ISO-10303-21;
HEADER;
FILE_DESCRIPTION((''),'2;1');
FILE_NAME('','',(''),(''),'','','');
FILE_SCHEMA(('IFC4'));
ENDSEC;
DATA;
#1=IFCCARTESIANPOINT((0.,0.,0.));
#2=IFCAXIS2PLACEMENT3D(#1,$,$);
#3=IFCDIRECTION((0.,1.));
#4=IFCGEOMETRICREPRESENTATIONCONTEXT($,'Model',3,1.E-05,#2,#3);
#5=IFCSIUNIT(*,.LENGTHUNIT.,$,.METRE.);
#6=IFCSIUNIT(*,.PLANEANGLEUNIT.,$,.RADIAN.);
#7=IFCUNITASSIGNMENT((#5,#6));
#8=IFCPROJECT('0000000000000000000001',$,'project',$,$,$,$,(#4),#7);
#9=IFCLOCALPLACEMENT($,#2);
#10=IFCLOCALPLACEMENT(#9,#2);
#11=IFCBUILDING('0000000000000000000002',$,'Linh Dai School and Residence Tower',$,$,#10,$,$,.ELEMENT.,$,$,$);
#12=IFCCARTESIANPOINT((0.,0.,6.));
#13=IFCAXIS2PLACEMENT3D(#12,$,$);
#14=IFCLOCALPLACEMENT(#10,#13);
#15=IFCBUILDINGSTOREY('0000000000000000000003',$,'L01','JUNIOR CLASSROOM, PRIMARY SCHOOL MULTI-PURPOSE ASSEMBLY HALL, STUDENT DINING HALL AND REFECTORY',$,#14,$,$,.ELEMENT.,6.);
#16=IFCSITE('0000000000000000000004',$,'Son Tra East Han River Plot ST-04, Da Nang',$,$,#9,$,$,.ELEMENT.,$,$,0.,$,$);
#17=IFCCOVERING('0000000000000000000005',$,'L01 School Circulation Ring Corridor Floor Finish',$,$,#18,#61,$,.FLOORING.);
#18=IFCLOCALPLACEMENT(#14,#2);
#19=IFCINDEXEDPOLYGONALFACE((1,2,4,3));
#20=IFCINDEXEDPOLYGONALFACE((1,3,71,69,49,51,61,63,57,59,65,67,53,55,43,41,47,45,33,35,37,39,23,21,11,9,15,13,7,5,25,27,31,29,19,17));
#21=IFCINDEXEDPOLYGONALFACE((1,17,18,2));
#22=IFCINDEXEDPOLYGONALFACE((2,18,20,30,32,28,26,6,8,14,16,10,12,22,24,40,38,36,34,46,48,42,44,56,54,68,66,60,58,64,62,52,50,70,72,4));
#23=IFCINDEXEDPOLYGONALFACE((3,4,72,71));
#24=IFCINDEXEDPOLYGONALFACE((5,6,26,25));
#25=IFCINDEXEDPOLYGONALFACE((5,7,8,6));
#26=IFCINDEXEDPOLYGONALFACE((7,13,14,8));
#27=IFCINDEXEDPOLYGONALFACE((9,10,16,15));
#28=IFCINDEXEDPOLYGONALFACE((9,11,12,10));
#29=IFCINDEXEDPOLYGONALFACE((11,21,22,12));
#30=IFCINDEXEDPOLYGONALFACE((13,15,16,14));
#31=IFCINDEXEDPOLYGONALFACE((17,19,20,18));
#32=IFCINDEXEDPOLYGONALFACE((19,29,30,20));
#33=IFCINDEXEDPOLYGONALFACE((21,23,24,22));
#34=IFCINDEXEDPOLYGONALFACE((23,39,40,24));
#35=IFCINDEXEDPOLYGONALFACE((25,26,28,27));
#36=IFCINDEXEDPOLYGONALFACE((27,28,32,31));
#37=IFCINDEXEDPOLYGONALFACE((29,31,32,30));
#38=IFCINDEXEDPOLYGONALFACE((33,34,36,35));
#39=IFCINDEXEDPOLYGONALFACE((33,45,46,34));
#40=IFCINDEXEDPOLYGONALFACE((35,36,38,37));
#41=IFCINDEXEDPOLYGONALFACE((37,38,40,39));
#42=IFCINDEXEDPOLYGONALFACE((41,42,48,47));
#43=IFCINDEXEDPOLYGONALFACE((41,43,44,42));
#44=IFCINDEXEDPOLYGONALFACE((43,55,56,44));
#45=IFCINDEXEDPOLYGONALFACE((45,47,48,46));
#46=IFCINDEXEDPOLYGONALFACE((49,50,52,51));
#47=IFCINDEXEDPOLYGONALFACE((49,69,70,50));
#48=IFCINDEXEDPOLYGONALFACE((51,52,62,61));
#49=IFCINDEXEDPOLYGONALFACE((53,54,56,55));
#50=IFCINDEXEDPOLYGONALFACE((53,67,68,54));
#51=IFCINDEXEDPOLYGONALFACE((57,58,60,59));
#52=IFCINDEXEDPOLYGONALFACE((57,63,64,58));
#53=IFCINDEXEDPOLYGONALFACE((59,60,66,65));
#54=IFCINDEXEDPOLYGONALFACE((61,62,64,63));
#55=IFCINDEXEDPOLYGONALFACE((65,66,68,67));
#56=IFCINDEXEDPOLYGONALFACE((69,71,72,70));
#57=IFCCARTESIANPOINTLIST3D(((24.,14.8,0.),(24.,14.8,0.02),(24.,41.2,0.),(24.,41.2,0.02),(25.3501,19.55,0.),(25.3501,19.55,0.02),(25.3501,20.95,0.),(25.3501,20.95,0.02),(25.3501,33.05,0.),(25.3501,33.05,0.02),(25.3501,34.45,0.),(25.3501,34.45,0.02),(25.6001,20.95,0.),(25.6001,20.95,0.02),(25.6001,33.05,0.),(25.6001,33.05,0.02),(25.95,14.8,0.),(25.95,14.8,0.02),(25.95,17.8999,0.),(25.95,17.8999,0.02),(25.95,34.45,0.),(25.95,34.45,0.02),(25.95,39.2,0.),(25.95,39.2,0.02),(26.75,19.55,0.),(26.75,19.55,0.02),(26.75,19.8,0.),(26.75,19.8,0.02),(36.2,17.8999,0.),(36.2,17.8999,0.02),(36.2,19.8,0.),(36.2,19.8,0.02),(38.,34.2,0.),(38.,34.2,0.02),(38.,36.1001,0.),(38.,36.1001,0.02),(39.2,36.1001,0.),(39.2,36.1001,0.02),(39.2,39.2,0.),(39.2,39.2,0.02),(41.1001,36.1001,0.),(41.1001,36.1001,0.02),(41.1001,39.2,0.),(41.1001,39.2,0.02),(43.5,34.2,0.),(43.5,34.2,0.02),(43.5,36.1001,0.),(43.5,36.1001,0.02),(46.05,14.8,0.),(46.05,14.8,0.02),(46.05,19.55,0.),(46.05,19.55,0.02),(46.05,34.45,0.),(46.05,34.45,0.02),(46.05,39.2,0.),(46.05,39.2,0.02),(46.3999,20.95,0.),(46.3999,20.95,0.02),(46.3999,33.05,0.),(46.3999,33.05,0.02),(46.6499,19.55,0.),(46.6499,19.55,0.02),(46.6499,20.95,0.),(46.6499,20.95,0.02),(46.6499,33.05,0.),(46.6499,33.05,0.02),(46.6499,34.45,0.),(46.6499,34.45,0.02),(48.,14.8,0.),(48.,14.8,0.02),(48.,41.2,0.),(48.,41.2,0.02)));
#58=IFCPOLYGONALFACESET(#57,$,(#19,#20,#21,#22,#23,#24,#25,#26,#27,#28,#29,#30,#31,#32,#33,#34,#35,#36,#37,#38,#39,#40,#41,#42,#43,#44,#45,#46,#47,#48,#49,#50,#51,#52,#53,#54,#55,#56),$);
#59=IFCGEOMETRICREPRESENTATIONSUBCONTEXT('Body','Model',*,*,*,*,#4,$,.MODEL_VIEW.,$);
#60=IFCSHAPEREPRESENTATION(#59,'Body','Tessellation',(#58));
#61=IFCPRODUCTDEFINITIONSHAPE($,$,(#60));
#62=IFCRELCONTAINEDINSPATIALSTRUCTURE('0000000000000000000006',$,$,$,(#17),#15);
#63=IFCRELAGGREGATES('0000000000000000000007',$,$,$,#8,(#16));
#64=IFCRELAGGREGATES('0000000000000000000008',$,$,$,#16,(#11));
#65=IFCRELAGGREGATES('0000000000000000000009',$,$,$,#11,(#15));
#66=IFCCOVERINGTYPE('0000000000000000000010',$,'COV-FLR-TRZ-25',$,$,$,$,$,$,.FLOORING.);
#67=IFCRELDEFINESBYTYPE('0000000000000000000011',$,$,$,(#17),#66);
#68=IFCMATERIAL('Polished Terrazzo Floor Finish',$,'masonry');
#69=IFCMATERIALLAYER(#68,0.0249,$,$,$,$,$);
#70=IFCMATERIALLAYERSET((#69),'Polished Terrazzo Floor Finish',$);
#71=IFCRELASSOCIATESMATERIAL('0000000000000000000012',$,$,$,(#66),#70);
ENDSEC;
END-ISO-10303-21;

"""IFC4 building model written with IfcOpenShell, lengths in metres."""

from ifc_helpers import new_model, si_unit, direction, frame, origin, place, context, subcontext, project, spatial, polyline, outline, extrude, material, layer, layer_set, type_object, element, save


model = new_model("IFC4")

# Units and contexts
model_context = context("Model", 3, precision=1e-05, world=origin(), true_north=direction((0.0, 1.0)))
body_context = subcontext(model_context, "Body", "Model", "MODEL_VIEW")
ifc_project = project(units=[si_unit("LENGTHUNIT", "METRE"), si_unit("PLANEANGLEUNIT", "RADIAN")], contexts=[model_context])

# Site, building, storey
site_placement = place(None, origin())
site = spatial("IfcSite", under=ifc_project, at=site_placement, Name="Son Tra East Han River Plot ST-04, Da Nang", CompositionType="ELEMENT", RefElevation=0.0)
building_placement = place(site_placement, origin())
building = spatial("IfcBuilding", under=site, at=building_placement, Name="Linh Dai School and Residence Tower", CompositionType="ELEMENT")
storey_placement = place(building_placement, frame((0.0, 0.0, 6.0)))
storey = spatial("IfcBuildingStorey", under=building, at=storey_placement, Name="L01", Description="JUNIOR CLASSROOM, PRIMARY SCHOOL MULTI-PURPOSE ASSEMBLY HALL, STUDENT DINING HALL AND REFECTORY", CompositionType="ELEMENT", Elevation=6.0)

# Covering
ifc_material_1 = material(Name="Polished Terrazzo Floor Finish", Category="masonry")
ifc_layer_1 = layer(ifc_material_1, 0.0249)
ifc_layer_set_1 = layer_set([ifc_layer_1], Name="Polished Terrazzo Floor Finish")
covering_type_1 = type_object("IfcCoveringType", Name="COV-FLR-TRZ-25", PredefinedType="FLOORING", material=ifc_layer_set_1)
covering_1_placement = place(storey_placement, origin())
element("IfcCovering", 1, at=covering_1_placement, inside=storey, type_object=covering_type_1, Name="L01 School Circulation Ring Corridor Floor Finish", PredefinedType="FLOORING", context=body_context, shape_type="SweptSolid", body=[
    extrude(outline(polyline([(24.0, 41.2), (48.0, 41.2), (48.0, 14.8), (46.05, 14.8), (46.05, 19.55), (46.6499, 19.55), (46.6499, 20.95), (46.3999, 20.95), (46.3999, 33.05), (46.6499, 33.05), (46.6499, 34.45), (46.05, 34.45), (46.05, 39.2), (41.1001, 39.2), (41.1001, 36.1001), (43.5, 36.1001), (43.5, 34.2), (38.0, 34.2), (38.0, 36.1001), (39.2, 36.1001), (39.2, 39.2), (25.95, 39.2), (25.95, 34.45), (25.3501, 34.45), (25.3501, 33.05), (25.6001, 33.05), (25.6001, 20.95), (25.3501, 20.95), (25.3501, 19.55), (26.75, 19.55), (26.75, 19.8), (36.2, 19.8), (36.2, 17.8999), (25.95, 17.8999), (25.95, 14.8), (24.0, 14.8), (24.0, 41.2)])), origin(), (0.0, 0.0, 1.0), 0.02),
])

save(model, "model.ifc")
